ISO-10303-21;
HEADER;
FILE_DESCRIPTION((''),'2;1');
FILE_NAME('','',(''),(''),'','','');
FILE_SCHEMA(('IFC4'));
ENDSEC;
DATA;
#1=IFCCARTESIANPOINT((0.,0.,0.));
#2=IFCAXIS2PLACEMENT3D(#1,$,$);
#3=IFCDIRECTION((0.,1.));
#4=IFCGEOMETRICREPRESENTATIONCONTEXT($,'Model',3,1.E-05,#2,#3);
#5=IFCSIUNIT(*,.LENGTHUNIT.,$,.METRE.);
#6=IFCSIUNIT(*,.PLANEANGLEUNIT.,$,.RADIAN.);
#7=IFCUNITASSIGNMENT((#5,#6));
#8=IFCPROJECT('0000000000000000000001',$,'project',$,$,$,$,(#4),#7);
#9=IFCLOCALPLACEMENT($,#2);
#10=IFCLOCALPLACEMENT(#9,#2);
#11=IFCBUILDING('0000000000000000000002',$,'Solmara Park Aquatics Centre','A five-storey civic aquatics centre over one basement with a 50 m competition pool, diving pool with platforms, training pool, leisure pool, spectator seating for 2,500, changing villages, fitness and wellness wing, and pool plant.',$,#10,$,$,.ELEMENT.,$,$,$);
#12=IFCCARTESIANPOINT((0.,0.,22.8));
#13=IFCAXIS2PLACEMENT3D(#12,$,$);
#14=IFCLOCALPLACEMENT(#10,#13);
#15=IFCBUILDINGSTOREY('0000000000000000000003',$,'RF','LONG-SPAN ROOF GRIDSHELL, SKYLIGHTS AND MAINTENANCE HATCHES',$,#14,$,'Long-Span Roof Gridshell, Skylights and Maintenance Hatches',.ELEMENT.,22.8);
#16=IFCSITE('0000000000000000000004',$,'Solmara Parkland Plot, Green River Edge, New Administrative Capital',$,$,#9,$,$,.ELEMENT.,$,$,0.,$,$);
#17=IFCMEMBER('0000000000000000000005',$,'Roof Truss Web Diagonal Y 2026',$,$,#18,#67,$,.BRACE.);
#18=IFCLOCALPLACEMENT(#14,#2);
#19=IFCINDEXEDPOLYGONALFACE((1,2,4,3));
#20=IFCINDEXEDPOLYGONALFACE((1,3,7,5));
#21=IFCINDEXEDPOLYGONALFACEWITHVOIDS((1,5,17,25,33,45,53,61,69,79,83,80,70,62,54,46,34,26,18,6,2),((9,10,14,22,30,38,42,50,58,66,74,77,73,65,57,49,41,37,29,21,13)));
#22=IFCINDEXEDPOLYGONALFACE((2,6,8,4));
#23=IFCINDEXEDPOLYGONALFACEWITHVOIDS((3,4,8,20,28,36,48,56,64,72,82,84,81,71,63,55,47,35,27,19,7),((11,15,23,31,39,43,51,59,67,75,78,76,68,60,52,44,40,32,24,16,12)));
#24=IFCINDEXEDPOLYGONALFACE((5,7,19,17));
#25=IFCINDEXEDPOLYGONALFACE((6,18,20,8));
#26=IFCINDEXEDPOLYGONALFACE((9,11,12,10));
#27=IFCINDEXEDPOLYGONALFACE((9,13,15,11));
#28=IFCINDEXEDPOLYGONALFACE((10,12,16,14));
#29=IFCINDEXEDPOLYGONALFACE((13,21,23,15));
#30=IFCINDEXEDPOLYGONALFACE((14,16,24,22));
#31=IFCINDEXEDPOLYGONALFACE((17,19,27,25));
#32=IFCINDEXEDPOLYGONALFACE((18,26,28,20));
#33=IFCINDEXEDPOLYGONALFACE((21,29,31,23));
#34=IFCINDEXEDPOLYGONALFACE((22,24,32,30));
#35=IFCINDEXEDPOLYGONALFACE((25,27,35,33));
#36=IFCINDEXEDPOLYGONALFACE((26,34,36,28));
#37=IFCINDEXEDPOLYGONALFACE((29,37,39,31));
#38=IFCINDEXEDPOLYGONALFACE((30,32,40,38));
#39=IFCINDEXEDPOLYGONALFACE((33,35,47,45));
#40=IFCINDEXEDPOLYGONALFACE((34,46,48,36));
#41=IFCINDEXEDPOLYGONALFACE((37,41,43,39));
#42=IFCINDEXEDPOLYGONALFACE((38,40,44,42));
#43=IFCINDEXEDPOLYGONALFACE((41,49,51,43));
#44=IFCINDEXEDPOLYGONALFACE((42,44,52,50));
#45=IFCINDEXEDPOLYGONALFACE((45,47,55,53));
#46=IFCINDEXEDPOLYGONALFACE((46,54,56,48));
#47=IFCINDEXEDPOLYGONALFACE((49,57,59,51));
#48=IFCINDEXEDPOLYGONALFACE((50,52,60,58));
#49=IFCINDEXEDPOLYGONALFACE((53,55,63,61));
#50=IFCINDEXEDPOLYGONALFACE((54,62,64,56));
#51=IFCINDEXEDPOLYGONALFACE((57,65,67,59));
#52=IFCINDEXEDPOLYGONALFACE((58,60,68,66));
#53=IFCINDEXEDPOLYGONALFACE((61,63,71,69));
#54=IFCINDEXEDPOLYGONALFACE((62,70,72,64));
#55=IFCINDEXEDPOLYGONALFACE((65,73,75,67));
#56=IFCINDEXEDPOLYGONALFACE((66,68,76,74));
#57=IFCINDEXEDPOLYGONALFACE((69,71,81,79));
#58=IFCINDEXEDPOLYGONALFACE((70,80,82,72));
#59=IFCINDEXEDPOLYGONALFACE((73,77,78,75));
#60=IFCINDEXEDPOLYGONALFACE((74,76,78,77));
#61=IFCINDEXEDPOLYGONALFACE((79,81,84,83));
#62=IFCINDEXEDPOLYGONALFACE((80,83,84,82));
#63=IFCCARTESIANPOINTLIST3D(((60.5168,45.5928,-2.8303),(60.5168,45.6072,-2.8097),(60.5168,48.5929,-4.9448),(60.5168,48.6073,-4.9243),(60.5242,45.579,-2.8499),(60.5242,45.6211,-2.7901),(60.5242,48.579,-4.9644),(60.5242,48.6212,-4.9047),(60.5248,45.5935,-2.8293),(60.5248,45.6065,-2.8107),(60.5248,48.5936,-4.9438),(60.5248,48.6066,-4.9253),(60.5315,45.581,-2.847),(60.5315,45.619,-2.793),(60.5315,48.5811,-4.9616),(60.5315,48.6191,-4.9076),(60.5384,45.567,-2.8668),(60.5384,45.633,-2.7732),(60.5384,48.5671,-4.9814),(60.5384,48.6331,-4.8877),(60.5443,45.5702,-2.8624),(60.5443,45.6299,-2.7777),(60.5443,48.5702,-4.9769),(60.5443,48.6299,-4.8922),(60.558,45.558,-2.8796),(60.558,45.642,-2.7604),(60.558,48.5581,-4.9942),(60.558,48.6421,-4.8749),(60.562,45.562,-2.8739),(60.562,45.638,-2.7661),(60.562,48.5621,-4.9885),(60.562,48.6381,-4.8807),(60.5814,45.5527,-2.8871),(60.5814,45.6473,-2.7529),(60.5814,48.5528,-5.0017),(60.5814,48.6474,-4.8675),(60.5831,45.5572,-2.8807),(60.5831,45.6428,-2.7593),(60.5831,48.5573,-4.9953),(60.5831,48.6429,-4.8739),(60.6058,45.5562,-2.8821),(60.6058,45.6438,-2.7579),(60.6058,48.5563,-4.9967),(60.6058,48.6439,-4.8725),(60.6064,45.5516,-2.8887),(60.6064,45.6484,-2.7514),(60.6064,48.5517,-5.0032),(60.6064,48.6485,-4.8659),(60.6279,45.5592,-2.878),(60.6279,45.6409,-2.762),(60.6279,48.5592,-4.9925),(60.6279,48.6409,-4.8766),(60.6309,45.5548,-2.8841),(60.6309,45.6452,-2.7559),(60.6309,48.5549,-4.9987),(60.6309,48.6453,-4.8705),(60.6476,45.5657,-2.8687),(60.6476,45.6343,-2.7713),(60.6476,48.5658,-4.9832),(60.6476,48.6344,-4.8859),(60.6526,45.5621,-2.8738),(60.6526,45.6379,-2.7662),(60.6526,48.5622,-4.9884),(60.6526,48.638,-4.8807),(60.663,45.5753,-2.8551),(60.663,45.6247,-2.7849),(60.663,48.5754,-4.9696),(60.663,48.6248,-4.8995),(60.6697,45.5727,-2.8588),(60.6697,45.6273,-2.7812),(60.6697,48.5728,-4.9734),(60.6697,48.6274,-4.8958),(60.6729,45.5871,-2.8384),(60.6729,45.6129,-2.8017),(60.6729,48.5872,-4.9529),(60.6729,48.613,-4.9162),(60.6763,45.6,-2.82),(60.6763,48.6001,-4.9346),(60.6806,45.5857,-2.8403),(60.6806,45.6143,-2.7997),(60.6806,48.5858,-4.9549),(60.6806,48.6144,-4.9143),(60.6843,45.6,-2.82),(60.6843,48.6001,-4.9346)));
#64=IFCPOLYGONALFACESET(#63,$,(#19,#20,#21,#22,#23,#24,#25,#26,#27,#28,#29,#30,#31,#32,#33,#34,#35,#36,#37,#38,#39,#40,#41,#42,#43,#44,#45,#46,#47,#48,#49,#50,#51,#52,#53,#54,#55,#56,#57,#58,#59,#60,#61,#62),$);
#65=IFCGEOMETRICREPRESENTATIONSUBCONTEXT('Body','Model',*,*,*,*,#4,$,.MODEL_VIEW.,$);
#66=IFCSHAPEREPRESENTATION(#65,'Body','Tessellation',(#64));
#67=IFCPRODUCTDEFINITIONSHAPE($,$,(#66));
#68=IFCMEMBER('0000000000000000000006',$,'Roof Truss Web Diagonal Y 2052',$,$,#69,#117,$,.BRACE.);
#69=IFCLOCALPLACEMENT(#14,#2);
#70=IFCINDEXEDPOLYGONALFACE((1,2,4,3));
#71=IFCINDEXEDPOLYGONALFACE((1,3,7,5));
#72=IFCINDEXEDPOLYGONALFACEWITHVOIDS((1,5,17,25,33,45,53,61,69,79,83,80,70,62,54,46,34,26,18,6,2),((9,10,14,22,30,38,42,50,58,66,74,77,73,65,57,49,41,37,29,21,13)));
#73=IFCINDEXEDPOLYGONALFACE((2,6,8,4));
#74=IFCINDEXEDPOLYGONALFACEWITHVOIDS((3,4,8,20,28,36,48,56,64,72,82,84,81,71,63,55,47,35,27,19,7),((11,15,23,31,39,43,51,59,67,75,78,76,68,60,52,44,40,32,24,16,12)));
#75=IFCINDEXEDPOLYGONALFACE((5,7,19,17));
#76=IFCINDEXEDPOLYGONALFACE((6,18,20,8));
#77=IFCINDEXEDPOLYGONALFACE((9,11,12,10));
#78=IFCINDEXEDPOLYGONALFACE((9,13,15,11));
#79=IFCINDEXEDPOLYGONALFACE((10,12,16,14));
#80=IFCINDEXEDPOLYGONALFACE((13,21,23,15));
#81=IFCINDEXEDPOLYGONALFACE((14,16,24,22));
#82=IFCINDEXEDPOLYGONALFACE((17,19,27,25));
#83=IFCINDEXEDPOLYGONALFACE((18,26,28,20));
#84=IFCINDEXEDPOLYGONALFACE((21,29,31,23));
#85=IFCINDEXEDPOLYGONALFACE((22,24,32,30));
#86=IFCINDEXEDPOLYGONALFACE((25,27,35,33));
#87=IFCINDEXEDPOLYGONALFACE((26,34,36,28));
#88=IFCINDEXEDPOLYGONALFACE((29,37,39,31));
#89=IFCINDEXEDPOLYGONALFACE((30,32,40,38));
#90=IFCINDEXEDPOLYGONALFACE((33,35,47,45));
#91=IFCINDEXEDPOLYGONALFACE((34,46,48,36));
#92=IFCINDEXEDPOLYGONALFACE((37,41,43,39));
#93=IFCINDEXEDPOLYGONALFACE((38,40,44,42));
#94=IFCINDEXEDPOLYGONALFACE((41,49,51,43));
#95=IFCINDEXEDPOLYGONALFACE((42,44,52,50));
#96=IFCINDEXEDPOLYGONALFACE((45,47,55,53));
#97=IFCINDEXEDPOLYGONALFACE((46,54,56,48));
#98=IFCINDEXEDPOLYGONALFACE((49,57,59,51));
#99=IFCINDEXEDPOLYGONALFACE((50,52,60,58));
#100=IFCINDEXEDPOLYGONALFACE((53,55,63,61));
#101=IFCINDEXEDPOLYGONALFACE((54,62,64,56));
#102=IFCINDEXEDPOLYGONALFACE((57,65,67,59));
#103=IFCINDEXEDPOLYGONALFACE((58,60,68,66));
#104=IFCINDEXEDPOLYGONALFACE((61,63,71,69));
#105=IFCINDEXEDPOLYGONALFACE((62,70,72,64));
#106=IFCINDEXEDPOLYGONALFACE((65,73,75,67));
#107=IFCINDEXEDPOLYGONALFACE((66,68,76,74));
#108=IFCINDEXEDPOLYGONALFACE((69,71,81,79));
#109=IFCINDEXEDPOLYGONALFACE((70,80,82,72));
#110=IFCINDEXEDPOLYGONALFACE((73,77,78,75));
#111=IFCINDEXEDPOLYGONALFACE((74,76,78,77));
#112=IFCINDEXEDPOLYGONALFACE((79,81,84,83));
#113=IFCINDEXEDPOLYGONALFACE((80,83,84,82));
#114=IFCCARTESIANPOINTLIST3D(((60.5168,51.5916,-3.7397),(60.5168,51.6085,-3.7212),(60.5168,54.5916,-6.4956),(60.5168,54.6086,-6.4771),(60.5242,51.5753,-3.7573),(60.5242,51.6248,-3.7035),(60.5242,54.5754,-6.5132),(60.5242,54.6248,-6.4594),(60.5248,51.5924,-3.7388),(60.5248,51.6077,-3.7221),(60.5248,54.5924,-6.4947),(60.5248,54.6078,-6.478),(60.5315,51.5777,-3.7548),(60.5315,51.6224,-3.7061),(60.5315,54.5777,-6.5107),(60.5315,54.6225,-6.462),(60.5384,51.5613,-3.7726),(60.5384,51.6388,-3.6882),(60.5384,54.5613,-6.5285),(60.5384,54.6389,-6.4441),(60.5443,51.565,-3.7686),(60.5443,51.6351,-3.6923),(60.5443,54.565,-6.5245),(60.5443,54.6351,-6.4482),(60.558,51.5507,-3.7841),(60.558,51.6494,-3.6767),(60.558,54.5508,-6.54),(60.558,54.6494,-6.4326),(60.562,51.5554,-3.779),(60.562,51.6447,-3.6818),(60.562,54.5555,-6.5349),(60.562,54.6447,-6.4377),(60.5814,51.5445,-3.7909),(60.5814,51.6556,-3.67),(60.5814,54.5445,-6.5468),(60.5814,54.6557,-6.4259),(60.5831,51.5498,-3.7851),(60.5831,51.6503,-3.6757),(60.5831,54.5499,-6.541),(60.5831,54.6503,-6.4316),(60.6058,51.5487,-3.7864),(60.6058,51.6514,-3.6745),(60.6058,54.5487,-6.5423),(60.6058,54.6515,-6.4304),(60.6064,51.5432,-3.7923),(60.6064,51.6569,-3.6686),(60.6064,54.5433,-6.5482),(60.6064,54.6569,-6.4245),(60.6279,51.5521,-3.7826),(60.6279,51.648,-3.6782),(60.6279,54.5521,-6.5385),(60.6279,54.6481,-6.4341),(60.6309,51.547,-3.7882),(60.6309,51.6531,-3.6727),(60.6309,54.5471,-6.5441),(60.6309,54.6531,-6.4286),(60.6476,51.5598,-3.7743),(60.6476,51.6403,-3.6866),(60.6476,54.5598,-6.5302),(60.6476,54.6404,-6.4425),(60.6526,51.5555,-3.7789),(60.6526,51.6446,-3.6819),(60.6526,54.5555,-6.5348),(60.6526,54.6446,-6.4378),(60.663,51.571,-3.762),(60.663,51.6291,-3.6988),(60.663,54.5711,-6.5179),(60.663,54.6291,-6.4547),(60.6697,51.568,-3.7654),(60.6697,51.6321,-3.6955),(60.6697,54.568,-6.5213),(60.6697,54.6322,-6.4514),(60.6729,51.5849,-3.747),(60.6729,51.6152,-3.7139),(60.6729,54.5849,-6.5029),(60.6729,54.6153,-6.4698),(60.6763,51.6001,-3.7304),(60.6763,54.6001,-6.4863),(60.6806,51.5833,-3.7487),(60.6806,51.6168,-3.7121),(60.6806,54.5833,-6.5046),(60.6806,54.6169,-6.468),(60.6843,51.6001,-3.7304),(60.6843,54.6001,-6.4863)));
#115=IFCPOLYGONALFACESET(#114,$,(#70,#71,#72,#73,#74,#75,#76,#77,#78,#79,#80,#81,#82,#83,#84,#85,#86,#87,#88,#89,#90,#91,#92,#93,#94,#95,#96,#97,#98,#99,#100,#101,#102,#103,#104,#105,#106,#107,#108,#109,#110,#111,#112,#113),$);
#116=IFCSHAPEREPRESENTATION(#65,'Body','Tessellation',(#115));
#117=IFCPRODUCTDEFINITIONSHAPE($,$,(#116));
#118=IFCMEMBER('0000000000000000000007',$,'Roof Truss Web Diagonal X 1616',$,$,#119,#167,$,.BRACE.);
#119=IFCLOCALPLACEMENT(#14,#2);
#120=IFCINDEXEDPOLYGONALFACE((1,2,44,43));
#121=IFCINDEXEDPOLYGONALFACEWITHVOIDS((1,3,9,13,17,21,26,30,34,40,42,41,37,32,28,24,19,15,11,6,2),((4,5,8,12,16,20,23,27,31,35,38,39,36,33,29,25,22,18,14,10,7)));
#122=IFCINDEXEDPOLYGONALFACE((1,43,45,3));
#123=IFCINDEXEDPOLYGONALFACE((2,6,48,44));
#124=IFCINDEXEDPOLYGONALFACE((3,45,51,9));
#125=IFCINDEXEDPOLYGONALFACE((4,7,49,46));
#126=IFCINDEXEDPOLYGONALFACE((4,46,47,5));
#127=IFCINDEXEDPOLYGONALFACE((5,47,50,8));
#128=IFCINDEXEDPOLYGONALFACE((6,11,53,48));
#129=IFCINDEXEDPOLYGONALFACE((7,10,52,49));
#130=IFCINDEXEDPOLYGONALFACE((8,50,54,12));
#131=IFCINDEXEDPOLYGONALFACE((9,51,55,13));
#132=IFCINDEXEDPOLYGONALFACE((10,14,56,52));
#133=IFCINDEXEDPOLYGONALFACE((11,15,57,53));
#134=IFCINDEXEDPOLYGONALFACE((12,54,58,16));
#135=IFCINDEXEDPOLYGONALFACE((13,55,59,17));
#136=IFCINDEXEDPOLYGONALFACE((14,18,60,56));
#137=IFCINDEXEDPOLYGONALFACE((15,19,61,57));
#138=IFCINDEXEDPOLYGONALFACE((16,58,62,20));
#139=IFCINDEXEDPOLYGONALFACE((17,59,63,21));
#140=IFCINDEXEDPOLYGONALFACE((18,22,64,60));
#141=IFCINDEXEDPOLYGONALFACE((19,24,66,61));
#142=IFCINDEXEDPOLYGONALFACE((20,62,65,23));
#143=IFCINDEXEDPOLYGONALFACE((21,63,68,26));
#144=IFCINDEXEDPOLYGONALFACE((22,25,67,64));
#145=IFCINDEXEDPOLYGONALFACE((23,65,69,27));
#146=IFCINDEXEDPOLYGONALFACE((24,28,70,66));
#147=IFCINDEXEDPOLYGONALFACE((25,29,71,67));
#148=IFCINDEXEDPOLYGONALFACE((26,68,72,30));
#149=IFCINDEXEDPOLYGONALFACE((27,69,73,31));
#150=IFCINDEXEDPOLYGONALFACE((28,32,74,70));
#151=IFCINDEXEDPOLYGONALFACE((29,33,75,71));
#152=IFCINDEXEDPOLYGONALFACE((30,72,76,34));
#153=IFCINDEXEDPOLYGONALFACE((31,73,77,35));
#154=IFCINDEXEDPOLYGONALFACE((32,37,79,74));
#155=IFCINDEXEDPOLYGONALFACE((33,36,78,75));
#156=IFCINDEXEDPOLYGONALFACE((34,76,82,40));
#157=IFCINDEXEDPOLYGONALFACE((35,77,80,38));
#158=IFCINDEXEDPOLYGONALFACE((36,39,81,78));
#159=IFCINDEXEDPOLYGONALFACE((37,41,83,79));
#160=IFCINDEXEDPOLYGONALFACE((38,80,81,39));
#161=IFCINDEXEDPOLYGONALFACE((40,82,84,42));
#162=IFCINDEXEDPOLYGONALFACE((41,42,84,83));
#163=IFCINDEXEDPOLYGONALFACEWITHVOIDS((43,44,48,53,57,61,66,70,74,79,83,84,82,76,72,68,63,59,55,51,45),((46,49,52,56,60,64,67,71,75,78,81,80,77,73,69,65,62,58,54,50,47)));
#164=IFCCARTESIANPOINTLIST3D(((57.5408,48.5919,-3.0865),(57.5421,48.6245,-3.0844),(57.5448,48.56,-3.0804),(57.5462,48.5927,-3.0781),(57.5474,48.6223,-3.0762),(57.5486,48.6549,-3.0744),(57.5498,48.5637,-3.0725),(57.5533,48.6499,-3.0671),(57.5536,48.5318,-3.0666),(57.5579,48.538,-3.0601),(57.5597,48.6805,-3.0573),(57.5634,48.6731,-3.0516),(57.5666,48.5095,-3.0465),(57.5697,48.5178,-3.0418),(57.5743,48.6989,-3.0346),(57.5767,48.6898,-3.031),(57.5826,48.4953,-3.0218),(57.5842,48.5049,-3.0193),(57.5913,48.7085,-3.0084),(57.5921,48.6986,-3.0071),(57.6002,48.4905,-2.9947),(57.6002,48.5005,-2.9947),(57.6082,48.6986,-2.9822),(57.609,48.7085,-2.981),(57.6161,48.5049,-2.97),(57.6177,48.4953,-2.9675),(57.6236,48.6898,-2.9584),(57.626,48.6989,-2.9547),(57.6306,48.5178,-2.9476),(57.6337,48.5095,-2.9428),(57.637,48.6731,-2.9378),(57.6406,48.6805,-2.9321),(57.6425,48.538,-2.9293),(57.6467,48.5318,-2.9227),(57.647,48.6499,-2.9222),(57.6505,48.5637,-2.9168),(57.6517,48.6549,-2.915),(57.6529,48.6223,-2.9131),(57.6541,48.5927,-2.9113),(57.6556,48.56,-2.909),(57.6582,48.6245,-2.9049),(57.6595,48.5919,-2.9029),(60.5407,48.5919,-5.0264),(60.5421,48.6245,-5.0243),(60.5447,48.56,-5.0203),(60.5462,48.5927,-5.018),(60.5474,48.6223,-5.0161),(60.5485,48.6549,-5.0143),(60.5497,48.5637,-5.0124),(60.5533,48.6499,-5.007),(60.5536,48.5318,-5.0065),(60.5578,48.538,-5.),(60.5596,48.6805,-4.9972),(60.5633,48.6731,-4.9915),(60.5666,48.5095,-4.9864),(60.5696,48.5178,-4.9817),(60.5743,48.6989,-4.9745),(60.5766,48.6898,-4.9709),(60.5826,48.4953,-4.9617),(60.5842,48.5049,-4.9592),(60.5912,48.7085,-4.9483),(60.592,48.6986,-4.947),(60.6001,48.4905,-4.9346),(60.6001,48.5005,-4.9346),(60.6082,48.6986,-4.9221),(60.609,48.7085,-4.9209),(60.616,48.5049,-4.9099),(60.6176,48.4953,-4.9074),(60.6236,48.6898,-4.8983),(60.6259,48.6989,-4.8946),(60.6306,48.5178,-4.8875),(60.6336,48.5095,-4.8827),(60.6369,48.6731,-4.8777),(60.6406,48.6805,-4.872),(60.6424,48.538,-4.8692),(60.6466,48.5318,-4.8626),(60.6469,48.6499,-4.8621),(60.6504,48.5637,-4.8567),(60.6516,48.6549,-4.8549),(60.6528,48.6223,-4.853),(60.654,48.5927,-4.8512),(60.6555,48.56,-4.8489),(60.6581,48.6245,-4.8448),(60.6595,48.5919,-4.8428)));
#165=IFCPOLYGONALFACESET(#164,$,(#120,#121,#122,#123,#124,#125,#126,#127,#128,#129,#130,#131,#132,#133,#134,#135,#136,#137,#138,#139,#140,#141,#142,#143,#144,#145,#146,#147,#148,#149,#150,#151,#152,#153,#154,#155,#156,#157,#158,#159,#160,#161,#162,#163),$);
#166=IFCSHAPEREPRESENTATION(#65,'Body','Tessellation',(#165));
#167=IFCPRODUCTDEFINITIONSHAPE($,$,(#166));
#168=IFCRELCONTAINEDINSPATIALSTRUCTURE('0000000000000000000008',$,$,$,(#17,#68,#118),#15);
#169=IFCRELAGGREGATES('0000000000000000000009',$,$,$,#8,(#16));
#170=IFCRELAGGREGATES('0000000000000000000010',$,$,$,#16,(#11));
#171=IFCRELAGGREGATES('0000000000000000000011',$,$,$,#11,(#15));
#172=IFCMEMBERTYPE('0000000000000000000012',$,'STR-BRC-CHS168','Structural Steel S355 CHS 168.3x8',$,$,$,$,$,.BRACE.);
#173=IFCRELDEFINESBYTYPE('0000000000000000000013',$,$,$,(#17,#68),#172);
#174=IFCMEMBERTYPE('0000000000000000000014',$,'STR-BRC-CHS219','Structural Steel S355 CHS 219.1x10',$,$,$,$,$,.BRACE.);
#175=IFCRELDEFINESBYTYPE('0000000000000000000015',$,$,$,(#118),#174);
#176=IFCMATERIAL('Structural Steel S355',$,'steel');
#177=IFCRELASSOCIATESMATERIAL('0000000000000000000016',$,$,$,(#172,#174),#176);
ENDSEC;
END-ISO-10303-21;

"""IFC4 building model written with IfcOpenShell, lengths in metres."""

from ifc_helpers import new_model, si_unit, direction, frame, origin, origin_2d, place, context, subcontext, project, spatial, hollow_circle, extrude, material, material_profile, profile_set, type_object, element, save


model = new_model("IFC4")

# Units and contexts
model_context = context("Model", 3, precision=1e-05, world=origin(), true_north=direction((0.0, 1.0)))
body_context = subcontext(model_context, "Body", "Model", "MODEL_VIEW")
ifc_project = project(units=[si_unit("LENGTHUNIT", "METRE"), si_unit("PLANEANGLEUNIT", "RADIAN")], contexts=[model_context])

# Site, building, storey
site_placement = place(None, origin())
site = spatial("IfcSite", under=ifc_project, at=site_placement, Name="Solmara Parkland Plot, Green River Edge, New Administrative Capital", CompositionType="ELEMENT", RefElevation=0.0)
building_placement = place(site_placement, origin())
building = spatial("IfcBuilding", under=site, at=building_placement, Name="Solmara Park Aquatics Centre", Description="A five-storey civic aquatics centre over one basement with a 50 m competition pool, diving pool with platforms, training pool, leisure pool, spectator seating for 2,500, changing villages, fitness and wellness wing, and pool plant.", CompositionType="ELEMENT")
storey_placement = place(building_placement, frame((0.0, 0.0, 22.8)))
storey = spatial("IfcBuildingStorey", under=building, at=storey_placement, Name="RF", Description="LONG-SPAN ROOF GRIDSHELL, SKYLIGHTS AND MAINTENANCE HATCHES", LongName="Long-Span Roof Gridshell, Skylights and Maintenance Hatches", CompositionType="ELEMENT", Elevation=22.8)

# Members
ifc_material_1 = material(Name="Structural Steel S355", Category="steel")
ifc_material_profile_1 = material_profile(ifc_material_1, hollow_circle(Radius=0.0842, WallThickness=0.0081, at=origin_2d()), Name="CHS 168.3x8")
ifc_profile_set_1 = profile_set([ifc_material_profile_1], Name="Structural Steel S355")
member_type_1 = type_object("IfcMemberType", Name="STR-BRC-CHS168", Description="Structural Steel S355 CHS 168.3x8", PredefinedType="BRACE", material=ifc_profile_set_1)
member_1_placement = place(storey_placement, frame((60.6001, 48.6001, -4.9346), z_axis=(0.0, -0.817371, 0.576111), x_axis=(1.0, 0.0, 0.0)))
element("IfcMember", 1, at=member_1_placement, inside=storey, type_object=member_type_1, Name="Roof Truss Web Diagonal Y 2026", PredefinedType="BRACE", context=body_context, shape_type="SweptSolid", body=[
    extrude(hollow_circle(Radius=0.0842, WallThickness=0.0081, at=origin_2d()), origin(), (0.0, 0.0, 1.0), 3.6704),
])
member_2_placement = place(storey_placement, frame((60.6001, 54.6001, -6.4863), z_axis=(0.0, -0.736437, 0.676506), x_axis=(1.0, 0.0, 0.0)))
element("IfcMember", 2, at=member_2_placement, inside=storey, type_object=member_type_1, Name="Roof Truss Web Diagonal Y 2052", PredefinedType="BRACE", context=body_context, shape_type="SweptSolid", body=[
    extrude(hollow_circle(Radius=0.0842, WallThickness=0.0081, at=origin_2d()), origin(), (0.0, 0.0, 1.0), 4.0737),
])
ifc_material_profile_2 = material_profile(ifc_material_1, hollow_circle(Radius=0.1096, WallThickness=0.01, at=origin_2d()), Name="CHS 219.1x10")
ifc_profile_set_2 = profile_set([ifc_material_profile_2], Name="Structural Steel S355")
member_type_2 = type_object("IfcMemberType", Name="STR-BRC-CHS219", Description="Structural Steel S355 CHS 219.1x10", PredefinedType="BRACE", material=ifc_profile_set_2)
for number, where, z_axis, x_axis, name in (
    (3, (60.6001, 48.6001, -4.9346), (-0.839728, 0.0, 0.543008), (0.0, -1.0, 0.0), "Roof Truss Web Diagonal X 1616"),
):
    element("IfcMember", number, at=place(storey_placement, frame(where, z_axis=z_axis, x_axis=x_axis)), inside=storey, type_object=member_type_2, Name=name, PredefinedType="BRACE", context=body_context, shape_type="SweptSolid", body=[
        extrude(hollow_circle(Radius=0.1096, WallThickness=0.01, at=origin_2d()), origin(), (0.0, 0.0, 1.0), 3.5725),
    ])

save(model, "model.ifc")
